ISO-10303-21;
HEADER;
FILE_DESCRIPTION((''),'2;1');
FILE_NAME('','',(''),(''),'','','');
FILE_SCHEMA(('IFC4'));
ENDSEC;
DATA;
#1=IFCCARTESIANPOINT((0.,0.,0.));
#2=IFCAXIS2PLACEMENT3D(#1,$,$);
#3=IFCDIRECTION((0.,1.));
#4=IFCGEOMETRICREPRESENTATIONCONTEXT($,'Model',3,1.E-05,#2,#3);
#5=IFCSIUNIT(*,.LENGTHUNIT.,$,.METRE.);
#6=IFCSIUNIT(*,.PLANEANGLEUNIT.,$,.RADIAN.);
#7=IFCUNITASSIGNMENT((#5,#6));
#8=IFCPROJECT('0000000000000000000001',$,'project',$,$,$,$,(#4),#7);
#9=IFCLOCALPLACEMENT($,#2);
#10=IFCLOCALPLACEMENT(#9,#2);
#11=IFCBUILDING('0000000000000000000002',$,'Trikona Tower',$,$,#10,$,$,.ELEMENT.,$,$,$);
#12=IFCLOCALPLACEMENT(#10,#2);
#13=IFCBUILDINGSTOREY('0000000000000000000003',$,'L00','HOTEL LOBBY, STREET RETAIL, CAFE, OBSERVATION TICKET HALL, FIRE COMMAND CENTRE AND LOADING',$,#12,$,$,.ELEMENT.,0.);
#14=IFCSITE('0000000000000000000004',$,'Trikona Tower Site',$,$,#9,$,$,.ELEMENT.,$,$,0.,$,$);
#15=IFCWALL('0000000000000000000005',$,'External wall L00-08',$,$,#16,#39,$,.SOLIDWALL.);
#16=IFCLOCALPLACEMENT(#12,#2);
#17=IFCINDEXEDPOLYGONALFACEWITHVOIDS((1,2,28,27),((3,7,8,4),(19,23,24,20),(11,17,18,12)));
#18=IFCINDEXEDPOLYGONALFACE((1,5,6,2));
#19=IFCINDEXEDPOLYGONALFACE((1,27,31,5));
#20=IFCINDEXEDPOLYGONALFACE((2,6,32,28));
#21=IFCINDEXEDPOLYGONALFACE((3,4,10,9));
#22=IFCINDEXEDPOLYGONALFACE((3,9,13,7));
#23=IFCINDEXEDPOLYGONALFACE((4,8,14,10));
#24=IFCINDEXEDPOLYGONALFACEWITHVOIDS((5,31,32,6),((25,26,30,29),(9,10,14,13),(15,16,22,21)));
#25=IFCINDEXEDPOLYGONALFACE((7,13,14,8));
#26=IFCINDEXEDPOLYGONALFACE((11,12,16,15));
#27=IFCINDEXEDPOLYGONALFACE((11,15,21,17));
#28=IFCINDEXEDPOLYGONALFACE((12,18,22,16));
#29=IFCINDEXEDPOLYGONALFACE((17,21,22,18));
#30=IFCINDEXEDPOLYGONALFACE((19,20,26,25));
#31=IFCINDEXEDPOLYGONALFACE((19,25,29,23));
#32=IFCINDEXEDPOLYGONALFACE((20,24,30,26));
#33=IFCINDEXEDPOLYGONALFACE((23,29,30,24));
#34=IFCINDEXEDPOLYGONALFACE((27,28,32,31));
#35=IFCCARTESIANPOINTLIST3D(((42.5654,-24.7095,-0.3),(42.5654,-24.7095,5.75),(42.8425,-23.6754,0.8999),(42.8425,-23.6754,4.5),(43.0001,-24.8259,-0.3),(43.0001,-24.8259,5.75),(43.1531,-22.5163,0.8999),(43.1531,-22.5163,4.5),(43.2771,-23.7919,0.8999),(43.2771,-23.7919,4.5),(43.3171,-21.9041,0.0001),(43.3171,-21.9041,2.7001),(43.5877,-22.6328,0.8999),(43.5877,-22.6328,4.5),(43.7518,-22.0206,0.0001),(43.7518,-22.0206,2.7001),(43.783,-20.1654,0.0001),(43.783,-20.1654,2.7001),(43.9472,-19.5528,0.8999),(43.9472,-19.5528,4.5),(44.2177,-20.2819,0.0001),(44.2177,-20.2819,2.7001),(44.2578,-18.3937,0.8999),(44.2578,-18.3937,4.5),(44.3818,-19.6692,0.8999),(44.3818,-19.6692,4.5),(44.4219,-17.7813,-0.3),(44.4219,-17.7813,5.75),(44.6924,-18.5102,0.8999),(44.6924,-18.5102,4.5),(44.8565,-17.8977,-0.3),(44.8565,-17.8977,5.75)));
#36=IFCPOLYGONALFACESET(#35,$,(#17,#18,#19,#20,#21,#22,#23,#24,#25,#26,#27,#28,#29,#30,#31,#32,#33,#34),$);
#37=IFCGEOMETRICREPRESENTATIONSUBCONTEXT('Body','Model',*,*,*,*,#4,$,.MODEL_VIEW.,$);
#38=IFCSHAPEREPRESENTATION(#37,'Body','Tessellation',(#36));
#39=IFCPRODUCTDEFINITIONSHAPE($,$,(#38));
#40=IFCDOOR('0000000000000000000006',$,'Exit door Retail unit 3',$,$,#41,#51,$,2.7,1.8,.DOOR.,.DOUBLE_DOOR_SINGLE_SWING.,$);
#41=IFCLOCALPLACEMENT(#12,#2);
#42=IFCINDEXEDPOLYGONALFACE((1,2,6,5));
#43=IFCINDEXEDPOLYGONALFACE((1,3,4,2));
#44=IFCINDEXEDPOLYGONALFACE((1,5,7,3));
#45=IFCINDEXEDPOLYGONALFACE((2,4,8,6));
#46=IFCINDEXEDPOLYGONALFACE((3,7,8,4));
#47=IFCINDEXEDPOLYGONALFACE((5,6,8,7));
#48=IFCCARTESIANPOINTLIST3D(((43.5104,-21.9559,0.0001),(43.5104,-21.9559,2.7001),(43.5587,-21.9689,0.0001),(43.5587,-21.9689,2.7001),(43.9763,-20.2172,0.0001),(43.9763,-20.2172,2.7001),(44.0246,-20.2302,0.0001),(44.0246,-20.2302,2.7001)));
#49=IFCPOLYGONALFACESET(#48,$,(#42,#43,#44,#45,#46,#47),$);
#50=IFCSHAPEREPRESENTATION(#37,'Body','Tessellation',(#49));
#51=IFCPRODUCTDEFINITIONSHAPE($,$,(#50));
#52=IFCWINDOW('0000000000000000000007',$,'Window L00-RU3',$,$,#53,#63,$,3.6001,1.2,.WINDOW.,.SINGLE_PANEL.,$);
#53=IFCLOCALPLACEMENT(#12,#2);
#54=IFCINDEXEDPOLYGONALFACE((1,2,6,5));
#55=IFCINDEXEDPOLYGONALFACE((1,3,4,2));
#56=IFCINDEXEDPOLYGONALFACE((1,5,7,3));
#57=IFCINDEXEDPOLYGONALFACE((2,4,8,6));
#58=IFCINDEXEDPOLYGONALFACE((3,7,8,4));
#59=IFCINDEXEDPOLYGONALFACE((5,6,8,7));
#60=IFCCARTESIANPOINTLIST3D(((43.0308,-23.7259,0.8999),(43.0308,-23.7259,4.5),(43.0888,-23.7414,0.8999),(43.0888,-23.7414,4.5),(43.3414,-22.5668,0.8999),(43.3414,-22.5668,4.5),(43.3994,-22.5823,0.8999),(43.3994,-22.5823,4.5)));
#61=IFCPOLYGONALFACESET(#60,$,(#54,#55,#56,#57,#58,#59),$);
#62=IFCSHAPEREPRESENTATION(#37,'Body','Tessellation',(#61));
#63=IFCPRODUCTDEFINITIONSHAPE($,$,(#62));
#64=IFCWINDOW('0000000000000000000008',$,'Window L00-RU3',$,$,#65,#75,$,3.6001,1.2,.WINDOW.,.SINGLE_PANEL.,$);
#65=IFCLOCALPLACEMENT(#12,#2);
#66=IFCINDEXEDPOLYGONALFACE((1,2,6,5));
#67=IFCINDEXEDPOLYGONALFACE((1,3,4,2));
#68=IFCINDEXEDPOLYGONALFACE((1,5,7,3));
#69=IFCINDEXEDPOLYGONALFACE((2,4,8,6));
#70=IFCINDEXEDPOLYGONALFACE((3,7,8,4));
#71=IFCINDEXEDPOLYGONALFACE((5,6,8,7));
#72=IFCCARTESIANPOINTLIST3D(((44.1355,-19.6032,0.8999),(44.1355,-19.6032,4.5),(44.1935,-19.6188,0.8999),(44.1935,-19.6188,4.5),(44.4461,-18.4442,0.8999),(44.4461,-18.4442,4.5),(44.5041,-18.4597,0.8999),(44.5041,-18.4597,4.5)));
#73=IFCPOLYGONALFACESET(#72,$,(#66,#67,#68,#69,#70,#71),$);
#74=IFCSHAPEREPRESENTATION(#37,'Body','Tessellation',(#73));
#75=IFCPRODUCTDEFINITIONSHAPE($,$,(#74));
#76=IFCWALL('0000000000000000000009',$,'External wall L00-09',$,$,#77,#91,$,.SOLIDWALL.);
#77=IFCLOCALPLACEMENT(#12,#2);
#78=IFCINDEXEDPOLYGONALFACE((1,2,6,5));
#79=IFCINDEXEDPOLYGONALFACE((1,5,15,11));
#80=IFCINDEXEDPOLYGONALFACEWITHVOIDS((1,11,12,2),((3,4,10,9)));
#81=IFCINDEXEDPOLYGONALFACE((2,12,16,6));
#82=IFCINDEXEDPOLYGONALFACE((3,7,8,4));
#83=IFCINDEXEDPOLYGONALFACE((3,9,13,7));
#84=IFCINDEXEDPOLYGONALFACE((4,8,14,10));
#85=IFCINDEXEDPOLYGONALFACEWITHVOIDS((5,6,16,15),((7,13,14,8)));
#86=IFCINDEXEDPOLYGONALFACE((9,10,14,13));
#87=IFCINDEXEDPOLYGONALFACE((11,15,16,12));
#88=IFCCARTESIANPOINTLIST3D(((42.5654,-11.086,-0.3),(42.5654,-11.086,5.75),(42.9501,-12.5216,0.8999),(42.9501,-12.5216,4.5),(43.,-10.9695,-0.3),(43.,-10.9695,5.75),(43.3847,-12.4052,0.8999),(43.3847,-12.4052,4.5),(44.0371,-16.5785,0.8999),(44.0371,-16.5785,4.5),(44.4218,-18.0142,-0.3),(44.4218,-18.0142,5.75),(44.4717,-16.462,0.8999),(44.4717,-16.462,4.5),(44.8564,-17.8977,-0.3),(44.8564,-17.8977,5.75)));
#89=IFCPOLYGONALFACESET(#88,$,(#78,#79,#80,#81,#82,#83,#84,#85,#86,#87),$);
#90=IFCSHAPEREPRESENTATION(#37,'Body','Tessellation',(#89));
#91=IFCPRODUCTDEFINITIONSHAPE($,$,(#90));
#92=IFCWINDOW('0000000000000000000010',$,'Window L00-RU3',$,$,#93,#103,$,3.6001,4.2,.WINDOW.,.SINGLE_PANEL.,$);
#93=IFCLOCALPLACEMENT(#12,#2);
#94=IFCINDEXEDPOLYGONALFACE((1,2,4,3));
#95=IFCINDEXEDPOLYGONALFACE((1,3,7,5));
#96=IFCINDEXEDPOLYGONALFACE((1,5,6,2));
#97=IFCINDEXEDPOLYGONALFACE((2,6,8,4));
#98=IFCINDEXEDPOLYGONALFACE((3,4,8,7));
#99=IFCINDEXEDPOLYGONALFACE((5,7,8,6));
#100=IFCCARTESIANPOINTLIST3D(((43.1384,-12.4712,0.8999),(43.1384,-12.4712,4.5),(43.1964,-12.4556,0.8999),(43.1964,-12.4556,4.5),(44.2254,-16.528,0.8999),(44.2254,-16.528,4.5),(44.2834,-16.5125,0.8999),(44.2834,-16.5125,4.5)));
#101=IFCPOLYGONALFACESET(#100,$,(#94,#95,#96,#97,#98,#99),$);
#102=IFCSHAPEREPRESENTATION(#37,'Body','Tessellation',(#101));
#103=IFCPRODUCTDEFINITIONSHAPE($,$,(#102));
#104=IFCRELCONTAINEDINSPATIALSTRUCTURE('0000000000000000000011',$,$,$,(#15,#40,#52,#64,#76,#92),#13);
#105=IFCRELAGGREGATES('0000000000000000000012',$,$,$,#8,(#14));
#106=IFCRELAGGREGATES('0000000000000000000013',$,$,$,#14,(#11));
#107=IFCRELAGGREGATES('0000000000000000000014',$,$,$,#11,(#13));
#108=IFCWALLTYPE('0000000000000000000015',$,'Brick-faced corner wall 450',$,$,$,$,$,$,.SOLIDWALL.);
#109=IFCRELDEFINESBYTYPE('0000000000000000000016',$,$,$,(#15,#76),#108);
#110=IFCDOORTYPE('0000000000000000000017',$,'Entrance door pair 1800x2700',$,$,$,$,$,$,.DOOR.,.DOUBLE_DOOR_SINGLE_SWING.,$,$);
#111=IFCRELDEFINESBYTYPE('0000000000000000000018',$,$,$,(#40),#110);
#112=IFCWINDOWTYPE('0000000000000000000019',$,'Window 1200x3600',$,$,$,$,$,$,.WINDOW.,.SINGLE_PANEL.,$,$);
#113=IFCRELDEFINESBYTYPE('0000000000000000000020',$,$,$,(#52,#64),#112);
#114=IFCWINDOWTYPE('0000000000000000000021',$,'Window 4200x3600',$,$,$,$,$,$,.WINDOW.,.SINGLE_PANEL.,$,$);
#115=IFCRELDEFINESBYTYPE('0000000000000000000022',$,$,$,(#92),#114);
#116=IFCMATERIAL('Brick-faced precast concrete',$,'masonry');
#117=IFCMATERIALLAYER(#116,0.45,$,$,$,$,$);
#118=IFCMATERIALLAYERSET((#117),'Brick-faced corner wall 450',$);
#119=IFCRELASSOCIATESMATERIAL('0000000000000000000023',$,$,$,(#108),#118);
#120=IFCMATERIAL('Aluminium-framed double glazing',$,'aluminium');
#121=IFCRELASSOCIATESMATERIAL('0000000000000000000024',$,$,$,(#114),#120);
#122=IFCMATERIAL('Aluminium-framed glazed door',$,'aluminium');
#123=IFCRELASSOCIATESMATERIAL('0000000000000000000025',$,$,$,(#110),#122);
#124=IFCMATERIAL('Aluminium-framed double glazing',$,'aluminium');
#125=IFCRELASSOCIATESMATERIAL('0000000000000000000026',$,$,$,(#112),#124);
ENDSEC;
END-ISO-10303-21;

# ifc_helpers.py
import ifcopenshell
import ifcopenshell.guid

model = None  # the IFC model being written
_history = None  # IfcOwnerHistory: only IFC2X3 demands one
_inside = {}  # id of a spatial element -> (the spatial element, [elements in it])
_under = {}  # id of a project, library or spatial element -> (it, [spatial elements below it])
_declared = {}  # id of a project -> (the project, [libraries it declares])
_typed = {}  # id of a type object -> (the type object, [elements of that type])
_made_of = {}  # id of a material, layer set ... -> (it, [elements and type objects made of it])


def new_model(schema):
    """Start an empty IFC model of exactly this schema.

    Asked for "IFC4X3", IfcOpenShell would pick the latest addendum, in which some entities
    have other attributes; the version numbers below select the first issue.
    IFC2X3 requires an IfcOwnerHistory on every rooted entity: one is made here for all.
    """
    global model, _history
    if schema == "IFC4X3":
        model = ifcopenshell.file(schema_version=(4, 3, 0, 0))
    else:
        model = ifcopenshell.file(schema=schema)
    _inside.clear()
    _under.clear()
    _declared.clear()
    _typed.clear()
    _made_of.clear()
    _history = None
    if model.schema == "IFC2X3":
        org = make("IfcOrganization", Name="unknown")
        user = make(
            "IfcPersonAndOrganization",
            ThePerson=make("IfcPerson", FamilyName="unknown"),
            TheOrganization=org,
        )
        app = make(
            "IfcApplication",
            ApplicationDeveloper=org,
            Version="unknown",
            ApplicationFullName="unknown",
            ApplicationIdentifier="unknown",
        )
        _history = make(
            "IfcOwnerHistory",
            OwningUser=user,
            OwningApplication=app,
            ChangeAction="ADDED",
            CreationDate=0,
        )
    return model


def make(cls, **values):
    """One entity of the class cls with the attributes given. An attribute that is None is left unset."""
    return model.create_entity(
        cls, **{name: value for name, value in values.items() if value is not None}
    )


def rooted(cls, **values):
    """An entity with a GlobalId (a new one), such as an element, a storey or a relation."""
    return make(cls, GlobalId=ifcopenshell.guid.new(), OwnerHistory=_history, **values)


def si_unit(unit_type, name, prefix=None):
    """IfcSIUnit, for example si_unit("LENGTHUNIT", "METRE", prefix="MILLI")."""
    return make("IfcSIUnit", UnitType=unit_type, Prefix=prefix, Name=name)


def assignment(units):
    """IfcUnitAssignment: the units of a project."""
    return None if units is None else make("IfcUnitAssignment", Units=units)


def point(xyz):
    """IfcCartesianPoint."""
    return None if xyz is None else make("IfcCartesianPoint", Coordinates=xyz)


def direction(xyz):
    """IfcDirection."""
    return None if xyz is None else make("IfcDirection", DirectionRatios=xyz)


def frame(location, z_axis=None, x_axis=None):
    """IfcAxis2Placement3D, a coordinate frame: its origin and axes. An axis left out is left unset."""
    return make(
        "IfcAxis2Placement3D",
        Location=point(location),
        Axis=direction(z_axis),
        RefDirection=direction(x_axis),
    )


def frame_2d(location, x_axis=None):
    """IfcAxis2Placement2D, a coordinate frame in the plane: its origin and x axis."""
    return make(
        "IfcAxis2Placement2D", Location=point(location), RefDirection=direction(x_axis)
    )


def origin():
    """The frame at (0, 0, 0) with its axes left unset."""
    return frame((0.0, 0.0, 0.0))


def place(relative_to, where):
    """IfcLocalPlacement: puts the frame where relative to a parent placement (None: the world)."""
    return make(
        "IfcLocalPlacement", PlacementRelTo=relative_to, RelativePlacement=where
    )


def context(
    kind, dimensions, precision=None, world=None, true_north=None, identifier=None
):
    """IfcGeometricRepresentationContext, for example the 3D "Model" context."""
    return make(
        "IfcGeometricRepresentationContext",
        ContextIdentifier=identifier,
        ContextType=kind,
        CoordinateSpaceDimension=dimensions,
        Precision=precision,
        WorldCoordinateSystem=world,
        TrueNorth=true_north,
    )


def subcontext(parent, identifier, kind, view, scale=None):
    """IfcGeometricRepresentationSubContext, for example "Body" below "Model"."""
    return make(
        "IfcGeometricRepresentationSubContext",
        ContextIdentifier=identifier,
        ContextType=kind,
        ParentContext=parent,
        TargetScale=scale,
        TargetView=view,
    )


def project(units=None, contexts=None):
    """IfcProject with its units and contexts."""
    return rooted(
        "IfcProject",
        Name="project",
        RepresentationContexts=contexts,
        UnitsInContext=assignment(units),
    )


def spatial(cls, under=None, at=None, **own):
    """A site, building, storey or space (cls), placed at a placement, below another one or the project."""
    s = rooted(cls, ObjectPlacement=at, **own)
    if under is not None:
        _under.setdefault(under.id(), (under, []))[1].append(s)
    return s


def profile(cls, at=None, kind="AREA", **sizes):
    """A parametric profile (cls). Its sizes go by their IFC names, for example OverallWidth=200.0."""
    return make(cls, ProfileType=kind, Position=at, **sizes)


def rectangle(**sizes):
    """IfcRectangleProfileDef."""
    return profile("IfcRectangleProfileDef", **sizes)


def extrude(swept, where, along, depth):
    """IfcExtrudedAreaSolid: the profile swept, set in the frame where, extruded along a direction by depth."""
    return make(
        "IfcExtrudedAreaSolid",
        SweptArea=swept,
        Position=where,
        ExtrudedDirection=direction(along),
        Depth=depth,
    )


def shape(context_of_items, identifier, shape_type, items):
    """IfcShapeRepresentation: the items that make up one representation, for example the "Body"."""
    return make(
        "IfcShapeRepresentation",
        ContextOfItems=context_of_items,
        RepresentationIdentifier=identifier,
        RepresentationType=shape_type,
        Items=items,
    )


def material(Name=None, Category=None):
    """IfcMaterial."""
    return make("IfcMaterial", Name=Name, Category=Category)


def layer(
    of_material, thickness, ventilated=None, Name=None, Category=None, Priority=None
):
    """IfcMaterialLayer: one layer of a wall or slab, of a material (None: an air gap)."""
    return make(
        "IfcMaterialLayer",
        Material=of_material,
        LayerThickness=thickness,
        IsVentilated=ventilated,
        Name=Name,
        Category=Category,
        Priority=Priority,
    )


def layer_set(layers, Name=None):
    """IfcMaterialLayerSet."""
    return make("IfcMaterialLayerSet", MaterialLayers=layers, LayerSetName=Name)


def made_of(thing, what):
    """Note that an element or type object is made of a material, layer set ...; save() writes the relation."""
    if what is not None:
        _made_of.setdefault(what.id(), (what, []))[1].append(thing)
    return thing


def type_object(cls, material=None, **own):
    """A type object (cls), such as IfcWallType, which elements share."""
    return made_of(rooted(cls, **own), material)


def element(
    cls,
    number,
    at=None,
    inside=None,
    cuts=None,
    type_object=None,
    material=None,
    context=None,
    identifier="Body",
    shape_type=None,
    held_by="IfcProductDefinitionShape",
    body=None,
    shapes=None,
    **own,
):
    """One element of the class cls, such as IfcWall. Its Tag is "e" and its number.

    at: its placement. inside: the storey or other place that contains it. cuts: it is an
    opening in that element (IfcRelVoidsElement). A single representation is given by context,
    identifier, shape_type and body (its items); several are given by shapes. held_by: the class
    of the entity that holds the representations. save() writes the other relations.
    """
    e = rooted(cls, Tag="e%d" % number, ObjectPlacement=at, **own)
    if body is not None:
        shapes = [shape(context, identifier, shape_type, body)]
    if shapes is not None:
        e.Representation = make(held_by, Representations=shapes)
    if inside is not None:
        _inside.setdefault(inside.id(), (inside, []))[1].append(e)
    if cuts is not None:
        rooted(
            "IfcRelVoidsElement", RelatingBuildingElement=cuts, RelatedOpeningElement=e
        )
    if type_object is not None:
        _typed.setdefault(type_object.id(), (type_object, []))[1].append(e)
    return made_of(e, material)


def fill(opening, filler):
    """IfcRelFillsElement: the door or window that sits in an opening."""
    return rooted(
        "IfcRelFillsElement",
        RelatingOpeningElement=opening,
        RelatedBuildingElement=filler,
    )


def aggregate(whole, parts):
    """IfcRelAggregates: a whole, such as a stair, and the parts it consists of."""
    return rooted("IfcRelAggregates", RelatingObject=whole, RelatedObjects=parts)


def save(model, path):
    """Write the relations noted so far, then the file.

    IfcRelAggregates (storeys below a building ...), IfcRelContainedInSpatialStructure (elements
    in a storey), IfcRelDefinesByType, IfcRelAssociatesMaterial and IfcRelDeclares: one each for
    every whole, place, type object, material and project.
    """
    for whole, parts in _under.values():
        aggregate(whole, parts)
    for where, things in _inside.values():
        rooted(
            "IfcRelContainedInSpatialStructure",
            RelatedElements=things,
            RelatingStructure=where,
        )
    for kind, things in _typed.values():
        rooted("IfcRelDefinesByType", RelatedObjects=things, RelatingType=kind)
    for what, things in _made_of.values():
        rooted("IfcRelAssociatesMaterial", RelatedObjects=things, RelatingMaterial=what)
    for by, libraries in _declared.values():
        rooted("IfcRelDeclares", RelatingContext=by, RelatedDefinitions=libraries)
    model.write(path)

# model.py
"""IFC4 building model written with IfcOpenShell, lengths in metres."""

from ifc_helpers import new_model, si_unit, direction, frame, frame_2d, origin, place, context, subcontext, project, spatial, rectangle, extrude, material, layer, layer_set, type_object, element, fill, save


model = new_model("IFC4")

# Units and contexts
model_context = context("Model", 3, precision=1e-05, world=origin(), true_north=direction((0.0, 1.0)))
body_context = subcontext(model_context, "Body", "Model", "MODEL_VIEW")
ifc_project = project(units=[si_unit("LENGTHUNIT", "METRE"), si_unit("PLANEANGLEUNIT", "RADIAN")], contexts=[model_context])

# Site, building, storey
site_placement = place(None, origin())
site = spatial("IfcSite", under=ifc_project, at=site_placement, Name="Trikona Tower Site", CompositionType="ELEMENT", RefElevation=0.0)
building_placement = place(site_placement, origin())
building = spatial("IfcBuilding", under=site, at=building_placement, Name="Trikona Tower", CompositionType="ELEMENT")
storey_placement = place(building_placement, origin())
storey = spatial("IfcBuildingStorey", under=building, at=storey_placement, Name="L00", Description="HOTEL LOBBY, STREET RETAIL, CAFE, OBSERVATION TICKET HALL, FIRE COMMAND CENTRE AND LOADING", CompositionType="ELEMENT", Elevation=0.0)

# Shared definitions
ifc_material_1 = material(Name="Brick-faced precast concrete", Category="masonry")
ifc_layer = layer(ifc_material_1, 0.45)
ifc_layer_set = layer_set([ifc_layer], Name="Brick-faced corner wall 450")
wall_type = type_object("IfcWallType", Name="Brick-faced corner wall 450", PredefinedType="SOLIDWALL", material=ifc_layer_set)
ifc_material_2 = material(Name="Aluminium-framed double glazing", Category="aluminium")
window_type_1 = type_object("IfcWindowType", Name="Window 4200x3600", PartitioningType="SINGLE_PANEL", PredefinedType="WINDOW", material=ifc_material_2)

# Wall, openings, door, windows
wall_1_placement = place(storey_placement, frame((42.7827, -24.7678, -0.3), z_axis=(0.0, 0.0, 1.0), x_axis=(0.258823, 0.965925, 0.0)))
wall_1 = element("IfcWall", 1, at=wall_1_placement, inside=storey, type_object=wall_type, Name="External wall L00-08", PredefinedType="SOLIDWALL", context=body_context, shape_type="SweptSolid", body=[
    extrude(rectangle(XDim=7.1726, YDim=0.45, at=frame_2d((3.5864, 0.0))), origin(), (0.0, 0.0, 1.0), 6.05),
])
opening_1_placement = place(wall_1_placement, frame((2.9045, 0.0, 0.3)))
opening_1 = element("IfcOpeningElement", 2, at=opening_1_placement, cuts=wall_1, PredefinedType="OPENING", context=body_context, shape_type="SweptSolid", body=[
    extrude(rectangle(XDim=1.8, YDim=2.7, at=frame_2d((0.8999, 1.3501))), frame((0.0, 0.2349, 0.0), z_axis=(0.0, -1.0, 0.0), x_axis=(1.0, 0.0, 0.0)), (0.0, 0.0, 1.0), 0.47),
])
opening_2_placement = place(wall_1_placement, frame((1.0706, 0.0, 1.2)))
opening_2 = element("IfcOpeningElement", 3, at=opening_2_placement, cuts=wall_1, PredefinedType="OPENING", context=body_context, shape_type="SweptSolid", body=[
    extrude(rectangle(XDim=1.2, YDim=3.6001, at=frame_2d((0.6001, 1.8))), frame((0.0, 0.2349, 0.0), z_axis=(0.0, -1.0, 0.0), x_axis=(1.0, 0.0, 0.0)), (0.0, 0.0, 1.0), 0.47),
])
opening_3_placement = place(wall_1_placement, frame((5.3386, 0.0, 1.2)))
opening_3 = element("IfcOpeningElement", 4, at=opening_3_placement, cuts=wall_1, PredefinedType="OPENING", context=body_context, shape_type="SweptSolid", body=[
    extrude(rectangle(XDim=1.2, YDim=3.6001, at=frame_2d((0.6001, 1.8))), frame((0.0, 0.2349, 0.0), z_axis=(0.0, -1.0, 0.0), x_axis=(1.0, 0.0, 0.0)), (0.0, 0.0, 1.0), 0.47),
])
ifc_material_3 = material(Name="Aluminium-framed glazed door", Category="aluminium")
door_type = type_object("IfcDoorType", Name="Entrance door pair 1800x2700", OperationType="DOUBLE_DOOR_SINGLE_SWING", PredefinedType="DOOR", material=ifc_material_3)
door_placement = place(opening_1_placement, origin())
door = element("IfcDoor", 5, at=door_placement, inside=storey, type_object=door_type, Name="Exit door Retail unit 3", OperationType="DOUBLE_DOOR_SINGLE_SWING", OverallHeight=2.7, OverallWidth=1.8, PredefinedType="DOOR", context=body_context, shape_type="SweptSolid", body=[
    extrude(rectangle(XDim=1.8, YDim=2.7, at=frame_2d((0.8999, 1.3501))), frame((0.0, 0.0249, 0.0), z_axis=(0.0, -1.0, 0.0), x_axis=(1.0, 0.0, 0.0)), (0.0, 0.0, 1.0), 0.05),
])
fill(opening_1, door)
ifc_material_4 = material(Name="Aluminium-framed double glazing", Category="aluminium")
window_type_2 = type_object("IfcWindowType", Name="Window 1200x3600", PartitioningType="SINGLE_PANEL", PredefinedType="WINDOW", material=ifc_material_4)
window_1_placement = place(opening_2_placement, origin())
window_1 = element("IfcWindow", 6, at=window_1_placement, inside=storey, type_object=window_type_2, Name="Window L00-RU3", OverallHeight=3.6001, OverallWidth=1.2, PartitioningType="SINGLE_PANEL", PredefinedType="WINDOW", context=body_context, shape_type="SweptSolid", body=[
    extrude(rectangle(XDim=1.2, YDim=3.6001, at=frame_2d((0.6001, 1.8))), frame((0.0, 0.03, 0.0), z_axis=(0.0, -1.0, 0.0), x_axis=(1.0, 0.0, 0.0)), (0.0, 0.0, 1.0), 0.0601),
])
fill(opening_2, window_1)
window_2_placement = place(opening_3_placement, origin())
window_2 = element("IfcWindow", 7, at=window_2_placement, inside=storey, type_object=window_type_2, Name="Window L00-RU3", OverallHeight=3.6001, OverallWidth=1.2, PartitioningType="SINGLE_PANEL", PredefinedType="WINDOW", context=body_context, shape_type="SweptSolid", body=[
    extrude(rectangle(XDim=1.2, YDim=3.6001, at=frame_2d((0.6001, 1.8))), frame((0.0, 0.03, 0.0), z_axis=(0.0, -1.0, 0.0), x_axis=(1.0, 0.0, 0.0)), (0.0, 0.0, 1.0), 0.0601),
])
fill(opening_3, window_2)

# Wall, opening, window
wall_2_placement = place(storey_placement, frame((44.6392, -17.9561, -0.3), z_axis=(0.0, 0.0, 1.0), x_axis=(-0.258823, 0.965925, 0.0)))
wall_2 = element("IfcWall", 8, at=wall_2_placement, inside=storey, type_object=wall_type, Name="External wall L00-09", PredefinedType="SOLIDWALL", context=body_context, shape_type="SweptSolid", body=[
    extrude(rectangle(XDim=7.1726, YDim=0.45, at=frame_2d((3.5864, 0.0))), origin(), (0.0, 0.0, 1.0), 6.05),
])
opening_4_placement = place(wall_2_placement, frame((1.4863, 0.0, 1.2)))
opening_4 = element("IfcOpeningElement", 9, at=opening_4_placement, cuts=wall_2, PredefinedType="OPENING", context=body_context, shape_type="SweptSolid", body=[
    extrude(rectangle(XDim=4.2, YDim=3.6001, at=frame_2d((2.1001, 1.8))), frame((0.0, 0.2349, 0.0), z_axis=(0.0, -1.0, 0.0), x_axis=(1.0, 0.0, 0.0)), (0.0, 0.0, 1.0), 0.47),
])
window_3_placement = place(opening_4_placement, origin())
window_3 = element("IfcWindow", 10, at=window_3_placement, inside=storey, type_object=window_type_1, Name="Window L00-RU3", OverallHeight=3.6001, OverallWidth=4.2, PartitioningType="SINGLE_PANEL", PredefinedType="WINDOW", context=body_context, shape_type="SweptSolid", body=[
    extrude(rectangle(XDim=4.2, YDim=3.6001, at=frame_2d((2.1001, 1.8))), frame((0.0, 0.03, 0.0), z_axis=(0.0, -1.0, 0.0), x_axis=(1.0, 0.0, 0.0)), (0.0, 0.0, 1.0), 0.0601),
])
fill(opening_4, window_3)

save(model, "model.ifc")
